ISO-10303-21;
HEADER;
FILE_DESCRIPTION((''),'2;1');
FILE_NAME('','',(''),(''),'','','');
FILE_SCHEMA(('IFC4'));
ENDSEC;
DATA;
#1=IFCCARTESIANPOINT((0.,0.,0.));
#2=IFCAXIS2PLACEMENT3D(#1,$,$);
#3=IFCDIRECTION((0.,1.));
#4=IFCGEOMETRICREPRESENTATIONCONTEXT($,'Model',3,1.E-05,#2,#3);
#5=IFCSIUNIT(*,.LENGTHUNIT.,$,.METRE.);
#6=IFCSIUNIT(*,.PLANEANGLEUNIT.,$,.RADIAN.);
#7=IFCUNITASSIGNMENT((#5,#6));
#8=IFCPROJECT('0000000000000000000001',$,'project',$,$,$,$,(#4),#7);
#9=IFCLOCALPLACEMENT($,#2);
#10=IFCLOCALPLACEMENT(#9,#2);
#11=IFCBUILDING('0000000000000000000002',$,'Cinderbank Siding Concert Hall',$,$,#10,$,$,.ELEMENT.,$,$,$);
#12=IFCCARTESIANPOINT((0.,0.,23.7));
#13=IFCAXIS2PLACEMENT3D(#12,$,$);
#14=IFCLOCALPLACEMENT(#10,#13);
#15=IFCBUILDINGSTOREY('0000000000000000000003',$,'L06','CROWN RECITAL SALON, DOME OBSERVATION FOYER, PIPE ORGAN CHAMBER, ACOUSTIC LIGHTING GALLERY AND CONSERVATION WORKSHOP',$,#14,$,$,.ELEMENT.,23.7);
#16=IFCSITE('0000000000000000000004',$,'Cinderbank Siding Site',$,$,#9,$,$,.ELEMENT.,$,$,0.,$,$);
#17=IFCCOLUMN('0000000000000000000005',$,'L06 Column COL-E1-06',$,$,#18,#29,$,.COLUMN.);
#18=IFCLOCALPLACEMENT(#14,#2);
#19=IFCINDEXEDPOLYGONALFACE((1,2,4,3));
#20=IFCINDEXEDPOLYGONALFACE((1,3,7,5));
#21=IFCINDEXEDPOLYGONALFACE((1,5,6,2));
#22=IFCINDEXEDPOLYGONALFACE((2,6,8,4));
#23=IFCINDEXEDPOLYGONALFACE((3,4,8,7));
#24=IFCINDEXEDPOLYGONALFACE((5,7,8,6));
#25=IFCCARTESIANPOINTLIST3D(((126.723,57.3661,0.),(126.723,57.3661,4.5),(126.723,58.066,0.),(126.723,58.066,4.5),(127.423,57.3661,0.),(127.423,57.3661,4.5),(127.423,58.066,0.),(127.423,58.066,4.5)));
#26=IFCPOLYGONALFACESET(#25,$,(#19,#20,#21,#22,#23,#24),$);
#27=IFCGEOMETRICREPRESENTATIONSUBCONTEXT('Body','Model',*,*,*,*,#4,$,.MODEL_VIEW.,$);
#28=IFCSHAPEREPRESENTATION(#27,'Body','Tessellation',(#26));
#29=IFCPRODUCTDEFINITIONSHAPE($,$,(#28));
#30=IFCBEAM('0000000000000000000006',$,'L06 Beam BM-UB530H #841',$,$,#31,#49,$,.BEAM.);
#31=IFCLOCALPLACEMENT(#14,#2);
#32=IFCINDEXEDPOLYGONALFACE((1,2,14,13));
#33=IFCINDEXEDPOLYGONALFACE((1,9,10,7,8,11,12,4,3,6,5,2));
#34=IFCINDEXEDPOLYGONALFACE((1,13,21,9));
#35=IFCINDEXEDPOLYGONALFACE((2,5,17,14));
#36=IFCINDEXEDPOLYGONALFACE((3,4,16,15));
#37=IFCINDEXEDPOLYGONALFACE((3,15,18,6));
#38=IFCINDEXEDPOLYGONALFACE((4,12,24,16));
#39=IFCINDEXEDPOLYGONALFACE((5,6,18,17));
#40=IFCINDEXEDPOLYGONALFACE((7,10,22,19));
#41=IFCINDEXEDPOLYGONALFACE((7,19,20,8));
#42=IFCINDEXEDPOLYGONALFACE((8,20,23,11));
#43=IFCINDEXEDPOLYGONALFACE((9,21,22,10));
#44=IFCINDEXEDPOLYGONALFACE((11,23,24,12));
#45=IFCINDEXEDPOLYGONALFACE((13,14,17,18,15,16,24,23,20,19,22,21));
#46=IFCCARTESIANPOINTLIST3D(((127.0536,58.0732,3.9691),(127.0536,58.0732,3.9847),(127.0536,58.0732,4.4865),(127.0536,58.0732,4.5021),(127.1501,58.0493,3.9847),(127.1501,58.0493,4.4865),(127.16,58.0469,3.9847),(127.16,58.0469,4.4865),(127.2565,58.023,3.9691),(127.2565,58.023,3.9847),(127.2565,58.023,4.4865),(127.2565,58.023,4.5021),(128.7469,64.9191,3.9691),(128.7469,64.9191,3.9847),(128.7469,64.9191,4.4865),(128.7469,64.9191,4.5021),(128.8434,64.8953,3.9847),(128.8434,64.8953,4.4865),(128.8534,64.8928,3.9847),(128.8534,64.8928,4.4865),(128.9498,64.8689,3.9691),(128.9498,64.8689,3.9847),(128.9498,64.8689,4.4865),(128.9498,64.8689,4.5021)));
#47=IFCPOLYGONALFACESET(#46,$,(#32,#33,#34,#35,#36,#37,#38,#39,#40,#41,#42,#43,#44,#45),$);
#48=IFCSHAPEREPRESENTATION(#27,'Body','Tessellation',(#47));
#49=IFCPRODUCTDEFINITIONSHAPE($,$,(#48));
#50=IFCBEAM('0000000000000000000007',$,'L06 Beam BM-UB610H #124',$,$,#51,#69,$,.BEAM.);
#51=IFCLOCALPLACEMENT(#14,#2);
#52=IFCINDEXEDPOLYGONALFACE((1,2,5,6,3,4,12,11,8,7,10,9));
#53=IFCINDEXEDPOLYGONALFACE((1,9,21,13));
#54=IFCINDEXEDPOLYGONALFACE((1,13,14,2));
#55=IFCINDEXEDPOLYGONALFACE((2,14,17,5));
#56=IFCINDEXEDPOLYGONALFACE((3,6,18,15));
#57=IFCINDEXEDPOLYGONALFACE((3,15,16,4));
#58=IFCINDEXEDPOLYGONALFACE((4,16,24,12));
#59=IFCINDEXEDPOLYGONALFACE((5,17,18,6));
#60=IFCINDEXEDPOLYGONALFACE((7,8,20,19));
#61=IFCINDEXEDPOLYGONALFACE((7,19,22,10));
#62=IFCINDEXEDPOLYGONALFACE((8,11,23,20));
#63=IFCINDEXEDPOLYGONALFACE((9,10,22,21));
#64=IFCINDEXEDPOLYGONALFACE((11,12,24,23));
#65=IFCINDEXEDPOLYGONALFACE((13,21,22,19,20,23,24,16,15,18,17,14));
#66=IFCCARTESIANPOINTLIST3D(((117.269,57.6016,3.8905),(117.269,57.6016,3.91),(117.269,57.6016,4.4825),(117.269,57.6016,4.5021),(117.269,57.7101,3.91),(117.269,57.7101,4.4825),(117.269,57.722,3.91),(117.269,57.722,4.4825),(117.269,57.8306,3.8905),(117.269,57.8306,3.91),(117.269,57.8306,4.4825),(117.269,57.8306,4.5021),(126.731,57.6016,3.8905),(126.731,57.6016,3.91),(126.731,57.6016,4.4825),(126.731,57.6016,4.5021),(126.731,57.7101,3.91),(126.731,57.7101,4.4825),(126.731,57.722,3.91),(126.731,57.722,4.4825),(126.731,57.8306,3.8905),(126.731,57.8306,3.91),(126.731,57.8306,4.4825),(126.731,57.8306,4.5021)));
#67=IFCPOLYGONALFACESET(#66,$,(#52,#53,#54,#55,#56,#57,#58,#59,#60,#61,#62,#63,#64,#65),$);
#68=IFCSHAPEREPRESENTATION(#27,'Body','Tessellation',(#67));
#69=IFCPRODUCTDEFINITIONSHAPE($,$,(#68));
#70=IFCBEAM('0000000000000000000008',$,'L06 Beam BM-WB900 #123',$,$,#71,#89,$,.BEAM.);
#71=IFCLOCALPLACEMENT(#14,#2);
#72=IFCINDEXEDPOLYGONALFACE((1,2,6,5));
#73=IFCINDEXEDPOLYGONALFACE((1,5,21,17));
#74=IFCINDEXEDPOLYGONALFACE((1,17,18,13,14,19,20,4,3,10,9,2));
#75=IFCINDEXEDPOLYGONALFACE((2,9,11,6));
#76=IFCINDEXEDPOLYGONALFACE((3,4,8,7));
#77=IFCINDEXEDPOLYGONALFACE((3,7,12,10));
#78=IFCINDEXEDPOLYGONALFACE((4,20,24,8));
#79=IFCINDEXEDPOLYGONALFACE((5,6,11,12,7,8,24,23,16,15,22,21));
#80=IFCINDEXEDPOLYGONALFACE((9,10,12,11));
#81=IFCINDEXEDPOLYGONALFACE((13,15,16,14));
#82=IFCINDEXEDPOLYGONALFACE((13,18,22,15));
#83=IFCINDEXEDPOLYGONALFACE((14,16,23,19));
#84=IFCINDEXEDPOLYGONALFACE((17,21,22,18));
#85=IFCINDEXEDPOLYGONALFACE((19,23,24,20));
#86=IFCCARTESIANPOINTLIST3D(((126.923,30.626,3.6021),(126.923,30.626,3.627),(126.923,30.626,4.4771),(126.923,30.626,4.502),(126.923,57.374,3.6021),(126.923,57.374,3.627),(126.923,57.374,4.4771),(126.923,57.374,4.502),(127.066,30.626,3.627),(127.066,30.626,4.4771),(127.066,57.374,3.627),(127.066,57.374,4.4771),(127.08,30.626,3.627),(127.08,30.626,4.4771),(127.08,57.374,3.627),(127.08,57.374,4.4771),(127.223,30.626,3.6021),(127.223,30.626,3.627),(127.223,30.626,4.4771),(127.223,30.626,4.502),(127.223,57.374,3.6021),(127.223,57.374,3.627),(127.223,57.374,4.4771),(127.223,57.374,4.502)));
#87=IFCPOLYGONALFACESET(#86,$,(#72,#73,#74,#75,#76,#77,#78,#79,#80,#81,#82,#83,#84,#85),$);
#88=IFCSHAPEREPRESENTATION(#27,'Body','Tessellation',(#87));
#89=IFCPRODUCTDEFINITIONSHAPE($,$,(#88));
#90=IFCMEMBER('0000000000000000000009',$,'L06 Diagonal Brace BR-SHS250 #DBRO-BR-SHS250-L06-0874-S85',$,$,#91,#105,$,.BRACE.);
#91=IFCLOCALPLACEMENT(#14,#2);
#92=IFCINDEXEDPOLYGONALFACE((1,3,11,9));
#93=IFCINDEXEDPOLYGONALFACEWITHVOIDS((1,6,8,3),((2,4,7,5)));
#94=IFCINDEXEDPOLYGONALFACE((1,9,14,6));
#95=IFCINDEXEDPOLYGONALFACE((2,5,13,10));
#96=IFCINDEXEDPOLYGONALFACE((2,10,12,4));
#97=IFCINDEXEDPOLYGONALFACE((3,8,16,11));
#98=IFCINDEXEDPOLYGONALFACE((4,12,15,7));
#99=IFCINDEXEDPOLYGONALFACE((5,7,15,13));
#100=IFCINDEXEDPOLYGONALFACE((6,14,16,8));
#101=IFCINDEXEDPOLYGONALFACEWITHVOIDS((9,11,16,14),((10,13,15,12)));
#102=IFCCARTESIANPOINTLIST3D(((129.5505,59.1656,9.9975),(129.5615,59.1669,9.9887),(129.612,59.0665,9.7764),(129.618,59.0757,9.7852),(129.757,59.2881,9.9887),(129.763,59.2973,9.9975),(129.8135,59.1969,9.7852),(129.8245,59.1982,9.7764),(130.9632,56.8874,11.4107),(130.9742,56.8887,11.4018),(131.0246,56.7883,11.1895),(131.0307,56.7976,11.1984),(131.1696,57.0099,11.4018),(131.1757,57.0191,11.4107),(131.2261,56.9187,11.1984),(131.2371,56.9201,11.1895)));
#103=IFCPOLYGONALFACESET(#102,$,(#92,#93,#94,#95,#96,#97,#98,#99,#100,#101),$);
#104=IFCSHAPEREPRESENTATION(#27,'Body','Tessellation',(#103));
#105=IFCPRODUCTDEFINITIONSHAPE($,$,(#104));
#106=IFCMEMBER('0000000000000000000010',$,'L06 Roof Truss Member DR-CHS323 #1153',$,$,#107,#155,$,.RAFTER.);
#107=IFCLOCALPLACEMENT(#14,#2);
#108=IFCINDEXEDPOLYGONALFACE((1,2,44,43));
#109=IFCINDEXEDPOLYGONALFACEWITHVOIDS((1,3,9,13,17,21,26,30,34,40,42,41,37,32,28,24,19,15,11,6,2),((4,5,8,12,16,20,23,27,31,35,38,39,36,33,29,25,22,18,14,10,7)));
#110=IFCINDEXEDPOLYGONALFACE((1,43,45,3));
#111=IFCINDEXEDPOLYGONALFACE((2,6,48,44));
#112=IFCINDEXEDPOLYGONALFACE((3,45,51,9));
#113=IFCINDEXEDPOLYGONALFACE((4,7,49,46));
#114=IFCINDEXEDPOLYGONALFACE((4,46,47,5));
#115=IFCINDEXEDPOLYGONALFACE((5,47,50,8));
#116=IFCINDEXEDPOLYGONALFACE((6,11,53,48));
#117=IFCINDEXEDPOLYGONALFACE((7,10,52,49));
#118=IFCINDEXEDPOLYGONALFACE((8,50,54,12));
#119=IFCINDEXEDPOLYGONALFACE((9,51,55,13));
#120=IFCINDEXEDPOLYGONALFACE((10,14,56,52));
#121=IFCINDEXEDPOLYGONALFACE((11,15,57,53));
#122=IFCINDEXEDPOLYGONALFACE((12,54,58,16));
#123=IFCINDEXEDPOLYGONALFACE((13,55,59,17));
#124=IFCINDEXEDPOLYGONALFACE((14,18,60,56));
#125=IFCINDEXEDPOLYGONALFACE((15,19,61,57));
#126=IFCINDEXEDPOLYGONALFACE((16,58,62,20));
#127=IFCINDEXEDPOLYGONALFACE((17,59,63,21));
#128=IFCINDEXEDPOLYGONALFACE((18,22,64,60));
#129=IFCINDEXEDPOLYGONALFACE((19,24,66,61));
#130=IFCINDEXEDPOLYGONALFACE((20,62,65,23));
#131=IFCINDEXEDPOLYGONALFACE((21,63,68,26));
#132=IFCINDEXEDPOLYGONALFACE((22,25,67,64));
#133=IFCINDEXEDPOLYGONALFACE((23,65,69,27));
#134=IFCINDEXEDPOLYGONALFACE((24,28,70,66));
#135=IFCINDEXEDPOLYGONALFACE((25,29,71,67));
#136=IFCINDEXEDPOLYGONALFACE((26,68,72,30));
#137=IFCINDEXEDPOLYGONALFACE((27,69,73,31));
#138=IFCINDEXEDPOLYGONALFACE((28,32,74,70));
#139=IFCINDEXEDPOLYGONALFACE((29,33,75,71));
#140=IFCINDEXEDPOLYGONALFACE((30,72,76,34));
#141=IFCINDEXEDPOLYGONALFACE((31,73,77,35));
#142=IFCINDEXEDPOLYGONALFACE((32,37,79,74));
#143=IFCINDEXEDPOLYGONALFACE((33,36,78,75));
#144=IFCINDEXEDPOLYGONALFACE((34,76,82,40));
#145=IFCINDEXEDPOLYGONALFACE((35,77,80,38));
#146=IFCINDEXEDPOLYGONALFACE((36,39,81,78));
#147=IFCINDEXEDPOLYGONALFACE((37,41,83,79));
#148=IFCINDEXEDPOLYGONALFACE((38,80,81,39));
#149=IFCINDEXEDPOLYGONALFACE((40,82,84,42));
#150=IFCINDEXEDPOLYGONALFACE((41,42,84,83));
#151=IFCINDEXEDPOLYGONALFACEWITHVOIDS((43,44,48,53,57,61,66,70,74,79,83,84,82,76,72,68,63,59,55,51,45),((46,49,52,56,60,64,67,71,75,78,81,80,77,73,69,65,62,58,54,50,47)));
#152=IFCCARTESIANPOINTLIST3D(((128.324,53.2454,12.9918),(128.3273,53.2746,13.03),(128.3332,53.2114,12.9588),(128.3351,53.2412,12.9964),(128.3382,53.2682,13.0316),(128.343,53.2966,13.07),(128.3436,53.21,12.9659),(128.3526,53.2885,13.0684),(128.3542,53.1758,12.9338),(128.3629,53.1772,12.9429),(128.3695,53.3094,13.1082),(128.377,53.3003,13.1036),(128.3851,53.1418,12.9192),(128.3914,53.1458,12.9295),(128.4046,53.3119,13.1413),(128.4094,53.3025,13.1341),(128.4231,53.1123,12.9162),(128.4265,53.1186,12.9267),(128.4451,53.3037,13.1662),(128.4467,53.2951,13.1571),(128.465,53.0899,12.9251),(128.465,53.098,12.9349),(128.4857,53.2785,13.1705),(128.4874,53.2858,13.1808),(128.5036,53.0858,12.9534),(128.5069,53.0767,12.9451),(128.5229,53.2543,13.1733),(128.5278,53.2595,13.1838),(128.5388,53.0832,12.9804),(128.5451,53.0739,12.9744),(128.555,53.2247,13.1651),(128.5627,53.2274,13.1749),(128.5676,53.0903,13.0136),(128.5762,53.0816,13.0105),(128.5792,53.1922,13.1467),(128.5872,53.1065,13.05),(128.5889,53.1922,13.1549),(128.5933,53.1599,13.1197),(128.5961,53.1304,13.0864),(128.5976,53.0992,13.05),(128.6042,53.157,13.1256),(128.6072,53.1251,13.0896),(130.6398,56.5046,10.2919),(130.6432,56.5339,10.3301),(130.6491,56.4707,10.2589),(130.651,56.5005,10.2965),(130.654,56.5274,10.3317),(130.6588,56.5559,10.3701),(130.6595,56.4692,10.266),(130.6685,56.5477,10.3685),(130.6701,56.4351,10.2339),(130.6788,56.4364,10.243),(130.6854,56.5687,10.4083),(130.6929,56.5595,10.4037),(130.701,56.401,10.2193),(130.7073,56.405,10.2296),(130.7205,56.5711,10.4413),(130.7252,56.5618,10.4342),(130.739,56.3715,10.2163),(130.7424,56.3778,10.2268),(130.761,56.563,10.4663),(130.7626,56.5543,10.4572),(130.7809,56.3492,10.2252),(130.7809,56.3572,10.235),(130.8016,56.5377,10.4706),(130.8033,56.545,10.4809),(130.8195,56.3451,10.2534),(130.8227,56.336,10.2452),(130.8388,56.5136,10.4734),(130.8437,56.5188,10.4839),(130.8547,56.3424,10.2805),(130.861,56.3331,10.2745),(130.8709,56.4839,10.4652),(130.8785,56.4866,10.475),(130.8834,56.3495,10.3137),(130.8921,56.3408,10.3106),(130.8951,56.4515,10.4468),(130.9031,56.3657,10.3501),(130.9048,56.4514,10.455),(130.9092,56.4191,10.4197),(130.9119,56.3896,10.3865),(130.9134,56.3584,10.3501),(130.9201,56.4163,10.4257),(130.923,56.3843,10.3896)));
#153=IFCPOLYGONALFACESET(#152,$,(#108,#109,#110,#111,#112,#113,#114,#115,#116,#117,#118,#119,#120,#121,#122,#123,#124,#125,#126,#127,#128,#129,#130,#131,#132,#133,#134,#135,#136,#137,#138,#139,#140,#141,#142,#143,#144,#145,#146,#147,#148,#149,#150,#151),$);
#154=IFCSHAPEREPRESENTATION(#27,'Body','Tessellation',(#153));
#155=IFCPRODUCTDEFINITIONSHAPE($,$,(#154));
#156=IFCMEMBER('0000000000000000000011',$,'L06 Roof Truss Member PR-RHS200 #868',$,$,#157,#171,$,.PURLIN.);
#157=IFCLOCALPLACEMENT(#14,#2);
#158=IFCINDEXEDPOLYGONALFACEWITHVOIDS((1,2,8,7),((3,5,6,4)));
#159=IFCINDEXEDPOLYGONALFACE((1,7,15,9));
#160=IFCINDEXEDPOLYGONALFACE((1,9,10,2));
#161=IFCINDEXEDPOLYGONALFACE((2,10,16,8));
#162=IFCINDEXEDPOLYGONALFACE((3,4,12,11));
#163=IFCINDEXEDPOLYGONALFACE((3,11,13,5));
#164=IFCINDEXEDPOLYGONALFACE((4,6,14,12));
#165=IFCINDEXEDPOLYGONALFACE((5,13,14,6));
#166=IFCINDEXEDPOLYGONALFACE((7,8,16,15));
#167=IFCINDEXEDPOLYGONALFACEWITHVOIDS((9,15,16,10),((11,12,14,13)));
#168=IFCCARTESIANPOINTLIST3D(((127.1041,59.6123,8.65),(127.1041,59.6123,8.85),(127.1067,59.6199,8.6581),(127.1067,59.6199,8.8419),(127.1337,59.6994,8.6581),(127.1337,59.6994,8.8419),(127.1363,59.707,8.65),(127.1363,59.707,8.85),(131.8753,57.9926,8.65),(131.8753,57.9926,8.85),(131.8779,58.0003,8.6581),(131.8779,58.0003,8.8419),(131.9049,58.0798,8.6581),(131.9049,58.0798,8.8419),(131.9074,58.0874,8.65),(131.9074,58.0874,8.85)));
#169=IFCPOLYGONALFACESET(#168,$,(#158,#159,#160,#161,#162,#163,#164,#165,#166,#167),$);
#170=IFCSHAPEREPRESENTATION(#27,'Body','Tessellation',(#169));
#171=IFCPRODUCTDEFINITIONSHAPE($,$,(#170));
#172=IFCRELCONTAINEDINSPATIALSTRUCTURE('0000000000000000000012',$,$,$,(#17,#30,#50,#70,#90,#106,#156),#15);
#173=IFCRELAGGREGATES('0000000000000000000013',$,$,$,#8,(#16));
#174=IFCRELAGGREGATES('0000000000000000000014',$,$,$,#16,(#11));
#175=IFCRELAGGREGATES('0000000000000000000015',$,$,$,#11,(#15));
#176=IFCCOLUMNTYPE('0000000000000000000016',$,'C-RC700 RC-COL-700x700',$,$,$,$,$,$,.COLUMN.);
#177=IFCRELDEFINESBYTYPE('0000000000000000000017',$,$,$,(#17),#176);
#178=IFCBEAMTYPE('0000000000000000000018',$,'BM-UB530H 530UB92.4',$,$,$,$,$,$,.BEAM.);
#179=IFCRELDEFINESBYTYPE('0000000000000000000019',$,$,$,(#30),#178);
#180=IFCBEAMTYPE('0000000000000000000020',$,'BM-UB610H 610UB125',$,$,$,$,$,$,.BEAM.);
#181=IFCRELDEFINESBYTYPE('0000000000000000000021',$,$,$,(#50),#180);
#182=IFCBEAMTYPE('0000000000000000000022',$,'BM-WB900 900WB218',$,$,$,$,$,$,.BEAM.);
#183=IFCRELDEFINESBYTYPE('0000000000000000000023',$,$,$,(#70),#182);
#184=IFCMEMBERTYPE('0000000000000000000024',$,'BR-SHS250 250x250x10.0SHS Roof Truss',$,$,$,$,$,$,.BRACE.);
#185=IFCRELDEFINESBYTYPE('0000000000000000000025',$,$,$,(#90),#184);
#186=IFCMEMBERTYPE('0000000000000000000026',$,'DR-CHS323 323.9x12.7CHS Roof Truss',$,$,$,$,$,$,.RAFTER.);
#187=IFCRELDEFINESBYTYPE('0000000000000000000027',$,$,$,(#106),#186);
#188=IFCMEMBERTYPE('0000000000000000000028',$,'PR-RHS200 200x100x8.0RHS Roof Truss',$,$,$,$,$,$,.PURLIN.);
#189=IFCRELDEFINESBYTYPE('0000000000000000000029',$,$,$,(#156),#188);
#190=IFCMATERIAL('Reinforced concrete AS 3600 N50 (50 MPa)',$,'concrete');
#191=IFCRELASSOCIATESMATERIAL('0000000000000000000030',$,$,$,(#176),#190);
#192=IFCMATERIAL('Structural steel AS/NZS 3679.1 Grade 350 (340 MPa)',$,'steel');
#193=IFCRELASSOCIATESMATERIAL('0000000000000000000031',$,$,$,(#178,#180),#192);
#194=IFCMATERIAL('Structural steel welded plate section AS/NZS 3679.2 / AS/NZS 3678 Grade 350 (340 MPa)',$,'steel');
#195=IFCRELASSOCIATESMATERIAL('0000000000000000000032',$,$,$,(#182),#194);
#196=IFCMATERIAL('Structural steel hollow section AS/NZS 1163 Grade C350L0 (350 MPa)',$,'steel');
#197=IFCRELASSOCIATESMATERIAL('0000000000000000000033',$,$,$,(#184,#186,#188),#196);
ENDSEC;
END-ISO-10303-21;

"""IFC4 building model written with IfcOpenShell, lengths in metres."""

from ifc_helpers import new_model, si_unit, direction, frame, origin, origin_2d, place, context, subcontext, project, spatial, rectangle, hollow_rectangle, hollow_circle, i_section, extrude, material, material_profile, profile_set, type_object, element, save


model = new_model("IFC4")

# Units and contexts
model_context = context("Model", 3, precision=1e-05, world=origin(), true_north=direction((0.0, 1.0)))
body_context = subcontext(model_context, "Body", "Model", "MODEL_VIEW")
ifc_project = project(units=[si_unit("LENGTHUNIT", "METRE"), si_unit("PLANEANGLEUNIT", "RADIAN")], contexts=[model_context])

# Site, building, storey
site_placement = place(None, origin())
site = spatial("IfcSite", under=ifc_project, at=site_placement, Name="Cinderbank Siding Site", CompositionType="ELEMENT", RefElevation=0.0)
building_placement = place(site_placement, origin())
building = spatial("IfcBuilding", under=site, at=building_placement, Name="Cinderbank Siding Concert Hall", CompositionType="ELEMENT")
storey_placement = place(building_placement, frame((0.0, 0.0, 23.7)))
storey = spatial("IfcBuildingStorey", under=building, at=storey_placement, Name="L06", Description="CROWN RECITAL SALON, DOME OBSERVATION FOYER, PIPE ORGAN CHAMBER, ACOUSTIC LIGHTING GALLERY AND CONSERVATION WORKSHOP", CompositionType="ELEMENT", Elevation=23.7)

# Column
ifc_material_1 = material(Name="Reinforced concrete AS 3600 N50 (50 MPa)", Category="concrete")
ifc_material_profile_1 = material_profile(ifc_material_1, rectangle(XDim=0.7, YDim=0.7, at=origin_2d()), Name="RC-COL-700x700", Category="LoadBearing")
ifc_profile_set_1 = profile_set([ifc_material_profile_1], Name="Reinforced concrete AS 3600 N50 (50 MPa)")
column_type = type_object("IfcColumnType", Name="C-RC700 RC-COL-700x700", PredefinedType="COLUMN", material=ifc_profile_set_1)
column_placement = place(storey_placement, frame((127.073, 57.7161, 0.0), z_axis=(0.0, 0.0, 1.0), x_axis=(1.0, 0.0, 0.0)))
element("IfcColumn", 1, at=column_placement, inside=storey, type_object=column_type, Name="L06 Column COL-E1-06", PredefinedType="COLUMN", context=body_context, shape_type="SweptSolid", body=[
    extrude(rectangle(XDim=0.7, YDim=0.7, at=origin_2d()), origin(), (0.0, 0.0, 1.0), 4.5),
])

# Beams
ifc_material_2 = material(Name="Structural steel AS/NZS 3679.1 Grade 350 (340 MPa)", Category="steel")
ifc_material_profile_2 = material_profile(ifc_material_2, i_section(OverallWidth=0.209, OverallDepth=0.533, WebThickness=0.0103, FlangeThickness=0.0156, at=origin_2d()), Name="530UB92.4", Category="LoadBearing")
ifc_profile_set_2 = profile_set([ifc_material_profile_2], Name="Structural steel AS/NZS 3679.1 Grade 350 (340 MPa)")
beam_type_1 = type_object("IfcBeamType", Name="BM-UB530H 530UB92.4", PredefinedType="BEAM", material=ifc_profile_set_2)
beam_1_placement = place(storey_placement, frame((127.155, 58.0481, 4.2356), z_axis=(0.240116, 0.970744, 0.0), x_axis=(-0.970744, 0.240116, 0.0)))
element("IfcBeam", 2, at=beam_1_placement, inside=storey, type_object=beam_type_1, Name="L06 Beam BM-UB530H #841", PredefinedType="BEAM", context=body_context, shape_type="SweptSolid", body=[
    extrude(i_section(OverallWidth=0.209, OverallDepth=0.533, WebThickness=0.0103, FlangeThickness=0.0156, at=origin_2d()), origin(), (0.0, 0.0, 1.0), 7.0522),
])
ifc_material_profile_3 = material_profile(ifc_material_2, i_section(OverallWidth=0.229, OverallDepth=0.6116, WebThickness=0.012, FlangeThickness=0.0195, at=origin_2d()), Name="610UB125", Category="LoadBearing")
ifc_profile_set_3 = profile_set([ifc_material_profile_3], Name="Structural steel AS/NZS 3679.1 Grade 350 (340 MPa)")
beam_type_2 = type_object("IfcBeamType", Name="BM-UB610H 610UB125", PredefinedType="BEAM", material=ifc_profile_set_3)
beam_2_placement = place(storey_placement, frame((126.731, 57.7161, 4.1963), z_axis=(-1.0, 0.0, 0.0), x_axis=(0.0, -1.0, 0.0)))
element("IfcBeam", 3, at=beam_2_placement, inside=storey, type_object=beam_type_2, Name="L06 Beam BM-UB610H #124", PredefinedType="BEAM", context=body_context, shape_type="SweptSolid", body=[
    extrude(i_section(OverallWidth=0.229, OverallDepth=0.6116, WebThickness=0.012, FlangeThickness=0.0195, at=origin_2d()), origin(), (0.0, 0.0, 1.0), 9.4619),
])
ifc_material_3 = material(Name="Structural steel welded plate section AS/NZS 3679.2 / AS/NZS 3678 Grade 350 (340 MPa)", Category="steel")
ifc_material_profile_4 = material_profile(ifc_material_3, i_section(OverallWidth=0.3, OverallDepth=0.8999, WebThickness=0.0139, FlangeThickness=0.0249, at=origin_2d()), Name="900WB218", Category="LoadBearing")
ifc_profile_set_4 = profile_set([ifc_material_profile_4], Name="Structural steel welded plate section AS/NZS 3679.2 / AS/NZS 3678 Grade 350 (340 MPa)")
beam_type_3 = type_object("IfcBeamType", Name="BM-WB900 900WB218", PredefinedType="BEAM", material=ifc_profile_set_4)
beam_3_placement = place(storey_placement, frame((127.073, 57.374, 4.052), z_axis=(0.0, -1.0, 0.0), x_axis=(1.0, 0.0, 0.0)))
element("IfcBeam", 4, at=beam_3_placement, inside=storey, type_object=beam_type_3, Name="L06 Beam BM-WB900 #123", PredefinedType="BEAM", context=body_context, shape_type="SweptSolid", body=[
    extrude(i_section(OverallWidth=0.3, OverallDepth=0.8999, WebThickness=0.0139, FlangeThickness=0.0249, at=origin_2d()), origin(), (0.0, 0.0, 1.0), 26.748),
])

# Members
ifc_material_4 = material(Name="Structural steel hollow section AS/NZS 1163 Grade C350L0 (350 MPa)", Category="steel")
ifc_material_profile_5 = material_profile(ifc_material_4, hollow_rectangle(XDim=0.25, YDim=0.25, WallThickness=0.01, at=origin_2d()), Name="250x250x10.0SHS", Category="LoadBearing")
ifc_profile_set_5 = profile_set([ifc_material_profile_5], Name="Structural steel hollow section AS/NZS 1163 Grade C350L0 (350 MPa)")
member_type_1 = type_object("IfcMemberType", Name="BR-SHS250 250x250x10.0SHS Roof Truss", PredefinedType="BRACE", material=ifc_profile_set_5)
member_1_placement = place(storey_placement, frame((129.6875, 59.1819, 9.887), z_axis=(0.466179, -0.7518, 0.46634), x_axis=(0.849871, 0.526991, 0.0)))
element("IfcMember", 5, at=member_1_placement, inside=storey, type_object=member_type_1, Name="L06 Diagonal Brace BR-SHS250 #DBRO-BR-SHS250-L06-0874-S85", PredefinedType="BRACE", context=body_context, shape_type="SweptSolid", body=[
    extrude(hollow_rectangle(XDim=0.25, YDim=0.25, WallThickness=0.01, at=origin_2d()), origin(), (0.0, 0.0, 1.0), 3.0303),
])
ifc_material_profile_6 = material_profile(ifc_material_4, hollow_circle(Radius=0.1619, WallThickness=0.0127, at=origin_2d()), Name="323.9x12.7CHS", Category="LoadBearing")
ifc_profile_set_6 = profile_set([ifc_material_profile_6], Name="Structural steel hollow section AS/NZS 1163 Grade C350L0 (350 MPa)")
member_type_2 = type_object("IfcMemberType", Name="DR-CHS323 323.9x12.7CHS Roof Truss", PredefinedType="RAFTER", material=ifc_profile_set_6)
member_2_placement = place(storey_placement, frame((130.7815, 56.4521, 10.3501), z_axis=(-0.48003, -0.675564, 0.55963), x_axis=(0.815167, -0.579226, 0.0)))
element("IfcMember", 6, at=member_2_placement, inside=storey, type_object=member_type_2, Name="L06 Roof Truss Member DR-CHS323 #1153", PredefinedType="RAFTER", context=body_context, shape_type="SweptSolid", body=[
    extrude(hollow_circle(Radius=0.1619, WallThickness=0.0127, at=origin_2d()), origin(), (0.0, 0.0, 1.0), 4.8245),
])
ifc_material_profile_7 = material_profile(ifc_material_4, hollow_rectangle(XDim=0.1001, YDim=0.2, WallThickness=0.0081, at=origin_2d()), Name="200x100x8.0RHS", Category="LoadBearing")
ifc_profile_set_7 = profile_set([ifc_material_profile_7], Name="Structural steel hollow section AS/NZS 1163 Grade C350L0 (350 MPa)")
member_type_3 = type_object("IfcMemberType", Name="PR-RHS200 200x100x8.0RHS Roof Truss", PredefinedType="PURLIN", material=ifc_profile_set_7)
member_3_placement = place(storey_placement, frame((131.8914, 58.04, 8.75), z_axis=(-0.946929, 0.321441, 0.0), x_axis=(-0.321441, -0.946929, 0.0)))
element("IfcMember", 7, at=member_3_placement, inside=storey, type_object=member_type_3, Name="L06 Roof Truss Member PR-RHS200 #868", PredefinedType="PURLIN", context=body_context, shape_type="SweptSolid", body=[
    extrude(hollow_rectangle(XDim=0.1001, YDim=0.2, WallThickness=0.0081, at=origin_2d()), origin(), (0.0, 0.0, 1.0), 5.0386),
])

save(model, "model.ifc")
